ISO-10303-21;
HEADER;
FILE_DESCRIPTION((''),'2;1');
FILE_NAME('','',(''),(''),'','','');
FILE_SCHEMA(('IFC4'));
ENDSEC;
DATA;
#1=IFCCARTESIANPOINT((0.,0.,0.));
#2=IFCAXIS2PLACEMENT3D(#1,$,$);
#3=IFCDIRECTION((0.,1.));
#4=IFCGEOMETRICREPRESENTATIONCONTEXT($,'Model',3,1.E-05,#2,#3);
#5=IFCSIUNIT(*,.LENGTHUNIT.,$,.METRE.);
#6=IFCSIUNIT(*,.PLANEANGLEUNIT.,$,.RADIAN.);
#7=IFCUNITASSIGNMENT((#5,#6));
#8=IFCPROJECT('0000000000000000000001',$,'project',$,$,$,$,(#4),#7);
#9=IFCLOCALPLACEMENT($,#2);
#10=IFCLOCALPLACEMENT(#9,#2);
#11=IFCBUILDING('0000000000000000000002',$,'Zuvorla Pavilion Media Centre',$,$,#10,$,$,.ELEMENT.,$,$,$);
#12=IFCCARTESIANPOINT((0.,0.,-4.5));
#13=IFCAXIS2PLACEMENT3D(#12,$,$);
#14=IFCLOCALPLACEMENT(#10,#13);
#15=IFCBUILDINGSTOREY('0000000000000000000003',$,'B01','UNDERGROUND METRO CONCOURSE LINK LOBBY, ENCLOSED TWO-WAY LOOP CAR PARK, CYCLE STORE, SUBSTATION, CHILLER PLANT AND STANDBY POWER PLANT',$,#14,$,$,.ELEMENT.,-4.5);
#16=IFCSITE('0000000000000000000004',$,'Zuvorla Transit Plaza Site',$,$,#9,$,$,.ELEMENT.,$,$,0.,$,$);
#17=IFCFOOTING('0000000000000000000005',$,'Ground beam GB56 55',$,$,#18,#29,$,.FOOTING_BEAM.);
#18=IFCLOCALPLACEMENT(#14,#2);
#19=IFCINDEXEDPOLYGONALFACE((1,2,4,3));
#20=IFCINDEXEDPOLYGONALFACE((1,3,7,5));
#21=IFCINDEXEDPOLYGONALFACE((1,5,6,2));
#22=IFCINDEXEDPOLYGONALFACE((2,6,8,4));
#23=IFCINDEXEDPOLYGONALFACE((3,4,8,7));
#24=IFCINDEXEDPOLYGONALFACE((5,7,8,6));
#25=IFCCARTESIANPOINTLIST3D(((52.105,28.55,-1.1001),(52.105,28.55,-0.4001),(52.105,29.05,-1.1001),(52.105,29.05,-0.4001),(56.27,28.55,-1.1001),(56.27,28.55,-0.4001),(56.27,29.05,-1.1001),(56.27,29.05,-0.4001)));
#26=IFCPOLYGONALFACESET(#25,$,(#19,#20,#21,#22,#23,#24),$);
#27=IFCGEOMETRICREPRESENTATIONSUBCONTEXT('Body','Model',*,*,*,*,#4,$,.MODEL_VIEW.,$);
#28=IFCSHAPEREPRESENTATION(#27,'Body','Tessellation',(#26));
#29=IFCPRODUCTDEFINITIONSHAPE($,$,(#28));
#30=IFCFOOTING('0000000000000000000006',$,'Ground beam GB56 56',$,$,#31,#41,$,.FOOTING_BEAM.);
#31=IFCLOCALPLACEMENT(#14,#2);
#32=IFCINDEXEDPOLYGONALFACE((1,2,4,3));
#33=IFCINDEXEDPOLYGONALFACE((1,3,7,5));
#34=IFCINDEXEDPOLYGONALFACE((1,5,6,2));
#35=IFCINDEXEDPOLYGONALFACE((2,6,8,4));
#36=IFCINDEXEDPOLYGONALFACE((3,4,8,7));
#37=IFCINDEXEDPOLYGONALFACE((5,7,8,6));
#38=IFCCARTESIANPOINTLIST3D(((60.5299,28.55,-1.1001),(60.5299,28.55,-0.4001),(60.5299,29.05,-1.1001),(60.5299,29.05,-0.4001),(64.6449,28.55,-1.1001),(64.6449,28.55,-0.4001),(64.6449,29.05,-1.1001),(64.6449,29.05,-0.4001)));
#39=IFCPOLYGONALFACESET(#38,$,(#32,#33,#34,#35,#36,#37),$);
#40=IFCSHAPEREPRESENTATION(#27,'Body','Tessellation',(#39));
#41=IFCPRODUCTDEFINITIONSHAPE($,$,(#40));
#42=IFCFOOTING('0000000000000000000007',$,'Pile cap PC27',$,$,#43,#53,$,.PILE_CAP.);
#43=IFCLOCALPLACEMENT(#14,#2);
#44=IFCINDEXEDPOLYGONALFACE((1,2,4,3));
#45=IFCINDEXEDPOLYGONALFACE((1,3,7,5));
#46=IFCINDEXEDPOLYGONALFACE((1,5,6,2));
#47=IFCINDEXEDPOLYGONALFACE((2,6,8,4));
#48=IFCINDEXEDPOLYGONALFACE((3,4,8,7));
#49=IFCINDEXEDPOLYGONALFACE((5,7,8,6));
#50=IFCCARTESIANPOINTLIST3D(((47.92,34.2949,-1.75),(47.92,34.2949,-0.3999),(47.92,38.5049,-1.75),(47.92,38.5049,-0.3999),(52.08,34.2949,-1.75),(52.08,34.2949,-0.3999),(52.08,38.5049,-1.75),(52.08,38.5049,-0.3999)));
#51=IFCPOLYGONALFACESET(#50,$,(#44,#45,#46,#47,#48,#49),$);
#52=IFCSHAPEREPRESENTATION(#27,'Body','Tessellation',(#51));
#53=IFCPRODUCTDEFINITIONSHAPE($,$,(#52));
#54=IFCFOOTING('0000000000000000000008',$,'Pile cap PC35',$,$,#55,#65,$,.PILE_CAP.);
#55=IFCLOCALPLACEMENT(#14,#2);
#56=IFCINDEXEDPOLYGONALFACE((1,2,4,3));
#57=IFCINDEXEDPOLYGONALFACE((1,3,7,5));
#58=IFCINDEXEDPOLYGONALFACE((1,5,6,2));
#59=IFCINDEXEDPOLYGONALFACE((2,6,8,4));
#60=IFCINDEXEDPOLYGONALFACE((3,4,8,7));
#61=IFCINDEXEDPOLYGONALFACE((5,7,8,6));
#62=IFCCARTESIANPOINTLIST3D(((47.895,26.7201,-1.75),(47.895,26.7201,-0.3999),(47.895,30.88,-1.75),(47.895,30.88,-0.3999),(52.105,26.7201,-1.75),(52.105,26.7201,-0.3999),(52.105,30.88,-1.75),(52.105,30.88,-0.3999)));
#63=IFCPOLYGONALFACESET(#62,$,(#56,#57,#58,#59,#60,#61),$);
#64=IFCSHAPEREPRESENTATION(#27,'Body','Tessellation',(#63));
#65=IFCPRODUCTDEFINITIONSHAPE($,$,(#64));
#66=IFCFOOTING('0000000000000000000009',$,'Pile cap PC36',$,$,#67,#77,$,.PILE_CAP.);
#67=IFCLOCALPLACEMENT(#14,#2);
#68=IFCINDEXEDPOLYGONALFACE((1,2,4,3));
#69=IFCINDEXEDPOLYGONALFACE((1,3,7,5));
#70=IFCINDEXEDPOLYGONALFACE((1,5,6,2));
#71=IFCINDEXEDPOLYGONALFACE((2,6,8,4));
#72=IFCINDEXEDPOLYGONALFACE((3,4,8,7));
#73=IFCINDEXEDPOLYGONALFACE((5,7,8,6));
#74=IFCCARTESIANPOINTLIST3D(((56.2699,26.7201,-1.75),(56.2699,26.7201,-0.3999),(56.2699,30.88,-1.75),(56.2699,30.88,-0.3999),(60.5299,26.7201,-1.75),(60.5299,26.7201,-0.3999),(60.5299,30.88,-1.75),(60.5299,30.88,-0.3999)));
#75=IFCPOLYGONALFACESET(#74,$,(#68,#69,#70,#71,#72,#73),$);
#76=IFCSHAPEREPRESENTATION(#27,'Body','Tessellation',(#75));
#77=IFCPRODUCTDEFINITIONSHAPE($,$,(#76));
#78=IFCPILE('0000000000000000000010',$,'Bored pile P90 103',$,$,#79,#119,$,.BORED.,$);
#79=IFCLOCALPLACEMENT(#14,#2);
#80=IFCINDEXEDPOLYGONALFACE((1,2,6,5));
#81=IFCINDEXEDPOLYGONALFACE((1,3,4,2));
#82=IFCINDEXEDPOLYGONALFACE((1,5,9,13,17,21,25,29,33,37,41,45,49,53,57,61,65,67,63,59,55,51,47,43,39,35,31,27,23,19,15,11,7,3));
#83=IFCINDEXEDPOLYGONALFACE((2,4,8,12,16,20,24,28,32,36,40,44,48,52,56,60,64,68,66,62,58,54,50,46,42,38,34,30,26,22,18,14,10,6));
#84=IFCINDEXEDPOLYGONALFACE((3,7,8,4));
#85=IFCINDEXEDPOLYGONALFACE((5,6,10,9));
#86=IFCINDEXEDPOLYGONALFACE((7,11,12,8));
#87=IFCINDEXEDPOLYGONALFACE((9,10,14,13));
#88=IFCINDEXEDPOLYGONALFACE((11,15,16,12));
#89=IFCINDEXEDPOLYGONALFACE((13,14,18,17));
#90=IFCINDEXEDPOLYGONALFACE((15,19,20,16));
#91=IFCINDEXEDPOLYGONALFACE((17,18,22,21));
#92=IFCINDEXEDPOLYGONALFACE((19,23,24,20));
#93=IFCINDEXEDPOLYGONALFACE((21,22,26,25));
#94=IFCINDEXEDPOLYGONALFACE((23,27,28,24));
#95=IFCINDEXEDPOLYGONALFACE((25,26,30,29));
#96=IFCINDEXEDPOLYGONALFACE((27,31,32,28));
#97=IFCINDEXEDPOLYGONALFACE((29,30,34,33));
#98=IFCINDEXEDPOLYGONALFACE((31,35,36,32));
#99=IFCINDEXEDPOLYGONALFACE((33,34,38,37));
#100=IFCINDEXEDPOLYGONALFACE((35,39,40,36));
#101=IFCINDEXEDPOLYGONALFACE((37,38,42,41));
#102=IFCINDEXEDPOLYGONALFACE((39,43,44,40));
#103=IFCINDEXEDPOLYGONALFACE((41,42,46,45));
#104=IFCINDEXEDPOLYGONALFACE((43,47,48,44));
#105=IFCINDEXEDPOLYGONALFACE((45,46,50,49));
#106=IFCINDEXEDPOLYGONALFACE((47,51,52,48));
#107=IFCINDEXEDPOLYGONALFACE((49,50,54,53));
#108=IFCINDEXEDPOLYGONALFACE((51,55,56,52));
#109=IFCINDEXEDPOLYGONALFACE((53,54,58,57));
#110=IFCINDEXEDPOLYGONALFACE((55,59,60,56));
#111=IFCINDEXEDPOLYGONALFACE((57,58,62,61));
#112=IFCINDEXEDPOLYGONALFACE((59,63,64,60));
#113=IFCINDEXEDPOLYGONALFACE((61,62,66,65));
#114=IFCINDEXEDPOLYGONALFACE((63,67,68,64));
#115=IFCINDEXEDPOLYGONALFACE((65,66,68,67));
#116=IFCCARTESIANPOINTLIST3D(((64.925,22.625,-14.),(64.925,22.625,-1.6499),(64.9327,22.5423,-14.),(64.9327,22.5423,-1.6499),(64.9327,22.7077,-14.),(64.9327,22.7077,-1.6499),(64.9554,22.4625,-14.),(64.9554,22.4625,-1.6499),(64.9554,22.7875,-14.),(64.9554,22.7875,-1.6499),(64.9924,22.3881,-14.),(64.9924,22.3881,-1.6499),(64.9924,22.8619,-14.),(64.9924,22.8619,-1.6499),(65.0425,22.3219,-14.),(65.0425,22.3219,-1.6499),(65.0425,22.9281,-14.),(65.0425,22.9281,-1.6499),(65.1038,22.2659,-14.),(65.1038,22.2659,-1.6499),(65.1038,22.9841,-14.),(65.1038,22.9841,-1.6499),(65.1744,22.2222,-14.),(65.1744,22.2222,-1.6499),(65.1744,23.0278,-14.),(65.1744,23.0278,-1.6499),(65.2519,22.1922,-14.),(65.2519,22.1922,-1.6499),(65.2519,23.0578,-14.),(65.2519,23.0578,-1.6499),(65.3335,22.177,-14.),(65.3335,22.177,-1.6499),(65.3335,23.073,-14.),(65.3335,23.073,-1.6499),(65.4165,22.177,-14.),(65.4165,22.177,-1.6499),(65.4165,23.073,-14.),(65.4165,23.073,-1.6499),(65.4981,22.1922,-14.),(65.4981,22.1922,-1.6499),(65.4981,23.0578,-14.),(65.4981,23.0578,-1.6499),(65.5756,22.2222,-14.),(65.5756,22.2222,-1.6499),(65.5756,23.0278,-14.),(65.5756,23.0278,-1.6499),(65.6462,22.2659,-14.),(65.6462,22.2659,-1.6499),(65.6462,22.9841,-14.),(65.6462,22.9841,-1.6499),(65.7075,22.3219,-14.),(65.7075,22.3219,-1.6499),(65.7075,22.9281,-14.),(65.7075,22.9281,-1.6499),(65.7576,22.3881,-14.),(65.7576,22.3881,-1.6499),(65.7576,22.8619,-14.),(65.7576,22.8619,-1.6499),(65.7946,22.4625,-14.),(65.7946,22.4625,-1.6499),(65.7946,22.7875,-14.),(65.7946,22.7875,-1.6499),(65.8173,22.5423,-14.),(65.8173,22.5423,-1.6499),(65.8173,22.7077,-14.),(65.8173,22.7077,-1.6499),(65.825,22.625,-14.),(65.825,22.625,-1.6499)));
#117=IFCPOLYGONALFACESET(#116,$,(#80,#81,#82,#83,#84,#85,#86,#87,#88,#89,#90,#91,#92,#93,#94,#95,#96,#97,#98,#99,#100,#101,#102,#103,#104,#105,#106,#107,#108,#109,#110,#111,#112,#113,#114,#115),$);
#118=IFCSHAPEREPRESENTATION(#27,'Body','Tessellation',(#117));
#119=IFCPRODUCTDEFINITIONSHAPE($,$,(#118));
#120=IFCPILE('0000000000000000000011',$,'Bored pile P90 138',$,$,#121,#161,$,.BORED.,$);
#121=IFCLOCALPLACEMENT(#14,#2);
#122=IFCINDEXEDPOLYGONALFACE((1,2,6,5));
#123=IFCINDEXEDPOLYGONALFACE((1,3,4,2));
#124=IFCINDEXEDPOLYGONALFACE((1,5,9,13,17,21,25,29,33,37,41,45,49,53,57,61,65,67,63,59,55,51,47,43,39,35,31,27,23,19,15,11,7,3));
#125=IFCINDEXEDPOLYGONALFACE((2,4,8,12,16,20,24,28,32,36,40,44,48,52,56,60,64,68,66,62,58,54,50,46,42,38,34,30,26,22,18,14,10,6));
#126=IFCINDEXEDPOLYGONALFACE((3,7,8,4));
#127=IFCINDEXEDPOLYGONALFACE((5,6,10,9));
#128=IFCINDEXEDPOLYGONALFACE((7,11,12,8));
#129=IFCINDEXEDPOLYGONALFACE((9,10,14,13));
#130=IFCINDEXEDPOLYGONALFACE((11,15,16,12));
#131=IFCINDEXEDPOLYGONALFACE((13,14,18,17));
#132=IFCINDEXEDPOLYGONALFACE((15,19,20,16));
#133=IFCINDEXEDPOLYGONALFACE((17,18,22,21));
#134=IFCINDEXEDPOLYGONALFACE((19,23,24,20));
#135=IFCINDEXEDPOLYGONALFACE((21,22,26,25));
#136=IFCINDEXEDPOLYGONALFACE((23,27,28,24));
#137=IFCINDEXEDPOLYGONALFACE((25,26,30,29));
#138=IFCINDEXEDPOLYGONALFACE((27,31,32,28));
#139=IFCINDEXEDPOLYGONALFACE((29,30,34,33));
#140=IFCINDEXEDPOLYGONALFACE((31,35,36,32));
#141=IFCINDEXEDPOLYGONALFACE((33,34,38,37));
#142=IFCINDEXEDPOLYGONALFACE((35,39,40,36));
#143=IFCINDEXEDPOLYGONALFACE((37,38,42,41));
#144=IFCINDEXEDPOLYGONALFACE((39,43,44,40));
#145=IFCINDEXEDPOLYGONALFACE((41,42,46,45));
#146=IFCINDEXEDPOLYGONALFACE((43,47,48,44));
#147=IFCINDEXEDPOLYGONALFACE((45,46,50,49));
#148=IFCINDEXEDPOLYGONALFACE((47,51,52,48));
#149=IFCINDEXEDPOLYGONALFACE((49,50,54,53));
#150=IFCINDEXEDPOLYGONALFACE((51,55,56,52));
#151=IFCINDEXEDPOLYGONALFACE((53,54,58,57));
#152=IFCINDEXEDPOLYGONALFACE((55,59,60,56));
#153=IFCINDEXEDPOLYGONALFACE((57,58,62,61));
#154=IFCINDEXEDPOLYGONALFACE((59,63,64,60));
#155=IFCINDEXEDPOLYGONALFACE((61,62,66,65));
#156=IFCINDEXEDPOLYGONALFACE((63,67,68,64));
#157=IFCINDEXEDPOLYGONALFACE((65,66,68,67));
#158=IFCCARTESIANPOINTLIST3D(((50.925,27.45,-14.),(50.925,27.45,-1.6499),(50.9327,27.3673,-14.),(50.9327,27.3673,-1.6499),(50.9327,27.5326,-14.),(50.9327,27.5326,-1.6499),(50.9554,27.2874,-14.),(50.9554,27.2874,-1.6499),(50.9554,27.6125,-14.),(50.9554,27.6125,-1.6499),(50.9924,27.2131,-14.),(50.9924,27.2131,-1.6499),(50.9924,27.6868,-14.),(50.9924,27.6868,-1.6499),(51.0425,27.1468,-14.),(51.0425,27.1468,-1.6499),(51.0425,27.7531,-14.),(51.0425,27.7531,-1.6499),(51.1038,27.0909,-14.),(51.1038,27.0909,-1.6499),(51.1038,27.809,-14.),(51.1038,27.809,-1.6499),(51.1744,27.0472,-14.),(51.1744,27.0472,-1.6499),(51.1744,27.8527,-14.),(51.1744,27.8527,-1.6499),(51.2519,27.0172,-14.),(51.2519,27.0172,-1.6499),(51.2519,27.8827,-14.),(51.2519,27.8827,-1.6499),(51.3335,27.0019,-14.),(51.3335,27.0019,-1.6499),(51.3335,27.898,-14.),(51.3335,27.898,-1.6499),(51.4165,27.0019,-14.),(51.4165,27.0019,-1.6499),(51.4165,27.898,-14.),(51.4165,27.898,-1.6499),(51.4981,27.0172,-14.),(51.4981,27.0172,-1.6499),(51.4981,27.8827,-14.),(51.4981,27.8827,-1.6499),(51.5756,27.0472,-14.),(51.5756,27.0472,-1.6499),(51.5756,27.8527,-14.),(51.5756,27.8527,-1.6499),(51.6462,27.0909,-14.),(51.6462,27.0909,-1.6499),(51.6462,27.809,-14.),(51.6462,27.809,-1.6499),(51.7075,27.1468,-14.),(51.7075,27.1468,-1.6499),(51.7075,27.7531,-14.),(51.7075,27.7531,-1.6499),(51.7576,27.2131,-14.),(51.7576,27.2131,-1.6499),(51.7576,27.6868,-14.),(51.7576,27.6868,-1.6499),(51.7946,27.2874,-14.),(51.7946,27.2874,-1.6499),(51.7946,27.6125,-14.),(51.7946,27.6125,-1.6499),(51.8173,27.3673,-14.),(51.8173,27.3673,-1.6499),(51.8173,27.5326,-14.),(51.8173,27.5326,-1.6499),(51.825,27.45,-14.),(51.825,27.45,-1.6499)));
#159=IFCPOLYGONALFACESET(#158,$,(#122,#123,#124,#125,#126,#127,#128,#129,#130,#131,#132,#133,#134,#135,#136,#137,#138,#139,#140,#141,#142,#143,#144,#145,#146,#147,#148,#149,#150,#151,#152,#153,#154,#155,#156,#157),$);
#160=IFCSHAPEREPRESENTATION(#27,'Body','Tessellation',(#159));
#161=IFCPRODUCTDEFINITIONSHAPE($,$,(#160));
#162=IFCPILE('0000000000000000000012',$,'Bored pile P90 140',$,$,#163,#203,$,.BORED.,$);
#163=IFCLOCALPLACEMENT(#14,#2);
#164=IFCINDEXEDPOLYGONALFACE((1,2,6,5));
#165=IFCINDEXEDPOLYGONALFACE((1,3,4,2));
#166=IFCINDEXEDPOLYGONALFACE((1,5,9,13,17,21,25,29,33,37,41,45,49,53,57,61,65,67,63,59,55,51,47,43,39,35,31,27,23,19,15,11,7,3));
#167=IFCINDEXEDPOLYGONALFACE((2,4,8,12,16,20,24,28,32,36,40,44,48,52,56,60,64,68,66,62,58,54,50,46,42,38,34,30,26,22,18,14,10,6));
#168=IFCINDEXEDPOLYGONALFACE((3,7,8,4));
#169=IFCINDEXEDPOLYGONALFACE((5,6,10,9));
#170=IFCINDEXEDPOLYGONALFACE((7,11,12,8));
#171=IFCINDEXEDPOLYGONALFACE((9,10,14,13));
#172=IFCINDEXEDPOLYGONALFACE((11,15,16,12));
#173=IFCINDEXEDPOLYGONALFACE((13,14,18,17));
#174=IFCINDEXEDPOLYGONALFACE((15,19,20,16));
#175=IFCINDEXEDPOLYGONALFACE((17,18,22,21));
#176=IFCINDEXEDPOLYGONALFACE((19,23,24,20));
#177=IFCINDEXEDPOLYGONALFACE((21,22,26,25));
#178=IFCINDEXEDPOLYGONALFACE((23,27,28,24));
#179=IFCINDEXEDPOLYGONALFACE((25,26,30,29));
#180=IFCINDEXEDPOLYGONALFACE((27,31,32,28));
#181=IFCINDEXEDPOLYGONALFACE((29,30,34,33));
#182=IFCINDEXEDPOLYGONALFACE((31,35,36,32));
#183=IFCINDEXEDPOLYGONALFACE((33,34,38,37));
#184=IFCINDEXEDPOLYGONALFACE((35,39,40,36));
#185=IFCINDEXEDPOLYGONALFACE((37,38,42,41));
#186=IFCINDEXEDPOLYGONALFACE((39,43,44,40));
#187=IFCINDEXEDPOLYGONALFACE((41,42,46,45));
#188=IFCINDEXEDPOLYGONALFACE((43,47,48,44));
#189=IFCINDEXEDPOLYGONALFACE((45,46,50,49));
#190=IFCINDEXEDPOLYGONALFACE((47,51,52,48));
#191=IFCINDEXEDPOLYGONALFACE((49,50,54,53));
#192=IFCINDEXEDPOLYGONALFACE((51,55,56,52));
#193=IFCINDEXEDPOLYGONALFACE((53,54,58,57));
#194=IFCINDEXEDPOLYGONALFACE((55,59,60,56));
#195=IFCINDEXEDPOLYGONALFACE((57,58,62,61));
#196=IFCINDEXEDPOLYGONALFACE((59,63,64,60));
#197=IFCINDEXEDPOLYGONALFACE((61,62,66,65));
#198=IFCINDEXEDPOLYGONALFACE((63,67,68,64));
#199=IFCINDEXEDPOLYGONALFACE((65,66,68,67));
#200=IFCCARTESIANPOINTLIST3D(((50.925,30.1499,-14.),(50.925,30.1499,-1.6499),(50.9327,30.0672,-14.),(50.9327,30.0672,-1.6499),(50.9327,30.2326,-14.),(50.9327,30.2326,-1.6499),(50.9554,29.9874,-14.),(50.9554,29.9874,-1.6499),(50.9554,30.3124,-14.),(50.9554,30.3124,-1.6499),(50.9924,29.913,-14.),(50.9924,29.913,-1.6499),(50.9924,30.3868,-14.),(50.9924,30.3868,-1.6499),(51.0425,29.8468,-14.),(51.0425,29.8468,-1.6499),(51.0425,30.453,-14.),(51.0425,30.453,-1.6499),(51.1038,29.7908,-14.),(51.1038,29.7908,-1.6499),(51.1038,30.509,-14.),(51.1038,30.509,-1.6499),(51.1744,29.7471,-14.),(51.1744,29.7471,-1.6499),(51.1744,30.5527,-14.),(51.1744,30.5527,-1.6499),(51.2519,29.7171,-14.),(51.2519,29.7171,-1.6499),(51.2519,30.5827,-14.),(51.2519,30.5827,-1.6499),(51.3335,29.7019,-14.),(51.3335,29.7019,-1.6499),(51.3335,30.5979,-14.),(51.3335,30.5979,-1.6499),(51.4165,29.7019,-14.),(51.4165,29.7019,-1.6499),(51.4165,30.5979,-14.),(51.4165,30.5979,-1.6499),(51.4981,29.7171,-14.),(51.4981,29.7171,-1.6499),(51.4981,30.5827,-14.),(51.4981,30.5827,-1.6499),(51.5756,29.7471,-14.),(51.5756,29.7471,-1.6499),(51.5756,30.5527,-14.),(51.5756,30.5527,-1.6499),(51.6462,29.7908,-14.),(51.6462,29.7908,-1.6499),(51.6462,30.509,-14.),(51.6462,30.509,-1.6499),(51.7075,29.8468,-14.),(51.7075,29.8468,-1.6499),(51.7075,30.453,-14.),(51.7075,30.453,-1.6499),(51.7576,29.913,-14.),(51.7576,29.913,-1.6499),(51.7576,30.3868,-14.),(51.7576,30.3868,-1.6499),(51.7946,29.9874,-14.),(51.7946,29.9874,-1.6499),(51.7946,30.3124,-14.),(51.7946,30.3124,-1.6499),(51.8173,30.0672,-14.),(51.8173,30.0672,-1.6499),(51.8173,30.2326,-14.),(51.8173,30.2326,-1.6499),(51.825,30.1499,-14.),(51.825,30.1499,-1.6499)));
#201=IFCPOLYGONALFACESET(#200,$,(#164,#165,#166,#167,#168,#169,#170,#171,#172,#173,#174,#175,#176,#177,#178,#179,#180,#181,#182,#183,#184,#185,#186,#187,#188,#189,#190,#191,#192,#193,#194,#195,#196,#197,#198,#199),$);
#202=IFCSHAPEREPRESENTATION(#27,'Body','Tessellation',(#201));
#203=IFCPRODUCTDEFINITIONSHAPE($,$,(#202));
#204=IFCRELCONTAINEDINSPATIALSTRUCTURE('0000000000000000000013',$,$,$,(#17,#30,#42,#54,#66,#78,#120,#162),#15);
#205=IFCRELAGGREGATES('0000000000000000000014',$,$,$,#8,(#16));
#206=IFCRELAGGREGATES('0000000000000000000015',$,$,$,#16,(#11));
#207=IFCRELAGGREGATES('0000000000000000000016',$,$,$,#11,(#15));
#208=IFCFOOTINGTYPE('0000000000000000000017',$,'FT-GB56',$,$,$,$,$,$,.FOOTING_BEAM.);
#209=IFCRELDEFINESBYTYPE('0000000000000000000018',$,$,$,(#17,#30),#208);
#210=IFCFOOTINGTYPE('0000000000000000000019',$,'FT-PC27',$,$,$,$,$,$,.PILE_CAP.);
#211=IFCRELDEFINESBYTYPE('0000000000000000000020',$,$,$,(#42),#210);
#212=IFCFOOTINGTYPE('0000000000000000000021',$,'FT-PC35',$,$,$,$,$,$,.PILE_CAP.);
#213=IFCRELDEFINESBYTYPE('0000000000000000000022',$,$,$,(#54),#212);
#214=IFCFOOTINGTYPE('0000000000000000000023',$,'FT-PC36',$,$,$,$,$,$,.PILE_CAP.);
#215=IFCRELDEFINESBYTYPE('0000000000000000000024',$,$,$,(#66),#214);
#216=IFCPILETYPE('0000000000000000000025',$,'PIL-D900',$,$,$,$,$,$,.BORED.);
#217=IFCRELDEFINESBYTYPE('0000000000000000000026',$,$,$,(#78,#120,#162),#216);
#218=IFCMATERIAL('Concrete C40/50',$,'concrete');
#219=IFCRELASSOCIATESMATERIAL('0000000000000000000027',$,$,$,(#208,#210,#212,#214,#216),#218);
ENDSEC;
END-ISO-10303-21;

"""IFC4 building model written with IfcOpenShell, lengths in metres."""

from ifc_helpers import new_model, si_unit, direction, frame, origin, origin_2d, place, context, subcontext, project, spatial, rectangle, circle, extrude, material, material_profile, profile_set, type_object, element, save


model = new_model("IFC4")

# Units and contexts
model_context = context("Model", 3, precision=1e-05, world=origin(), true_north=direction((0.0, 1.0)))
body_context = subcontext(model_context, "Body", "Model", "MODEL_VIEW")
ifc_project = project(units=[si_unit("LENGTHUNIT", "METRE"), si_unit("PLANEANGLEUNIT", "RADIAN")], contexts=[model_context])

# Site, building, storey
site_placement = place(None, origin())
site = spatial("IfcSite", under=ifc_project, at=site_placement, Name="Zuvorla Transit Plaza Site", CompositionType="ELEMENT", RefElevation=0.0)
building_placement = place(site_placement, origin())
building = spatial("IfcBuilding", under=site, at=building_placement, Name="Zuvorla Pavilion Media Centre", CompositionType="ELEMENT")
storey_placement = place(building_placement, frame((0.0, 0.0, -4.5)))
storey = spatial("IfcBuildingStorey", under=building, at=storey_placement, Name="B01", Description="UNDERGROUND METRO CONCOURSE LINK LOBBY, ENCLOSED TWO-WAY LOOP CAR PARK, CYCLE STORE, SUBSTATION, CHILLER PLANT AND STANDBY POWER PLANT", CompositionType="ELEMENT", Elevation=-4.5)

# Footings
ifc_material_1 = material(Name="Concrete C40/50", Category="concrete")
footing_type_1 = type_object("IfcFootingType", Name="FT-GB56", PredefinedType="FOOTING_BEAM", material=ifc_material_1)
footing_1_placement = place(storey_placement, frame((54.1875, 28.8, -1.1001), z_axis=(0.0, 0.0, 1.0), x_axis=(1.0, 0.0, 0.0)))
element("IfcFooting", 1, at=footing_1_placement, inside=storey, type_object=footing_type_1, Name="Ground beam GB56 55", PredefinedType="FOOTING_BEAM", context=body_context, shape_type="SweptSolid", body=[
    extrude(rectangle(XDim=4.165, YDim=0.5, at=origin_2d()), origin(), (0.0, 0.0, 1.0), 0.7),
])
footing_2_placement = place(storey_placement, frame((62.5874, 28.8, -1.1001), z_axis=(0.0, 0.0, 1.0), x_axis=(1.0, 0.0, 0.0)))
element("IfcFooting", 2, at=footing_2_placement, inside=storey, type_object=footing_type_1, Name="Ground beam GB56 56", PredefinedType="FOOTING_BEAM", context=body_context, shape_type="SweptSolid", body=[
    extrude(rectangle(XDim=4.115, YDim=0.5, at=origin_2d()), origin(), (0.0, 0.0, 1.0), 0.7),
])
footing_type_2 = type_object("IfcFootingType", Name="FT-PC27", PredefinedType="PILE_CAP", material=ifc_material_1)
footing_3_placement = place(storey_placement, frame((50.0, 36.3999, -1.75), z_axis=(0.0, 0.0, 1.0), x_axis=(1.0, 0.0, 0.0)))
element("IfcFooting", 3, at=footing_3_placement, inside=storey, type_object=footing_type_2, Name="Pile cap PC27", PredefinedType="PILE_CAP", context=body_context, shape_type="SweptSolid", body=[
    extrude(rectangle(XDim=4.1599, YDim=4.21, at=origin_2d()), origin(), (0.0, 0.0, 1.0), 1.3501),
])
footing_type_3 = type_object("IfcFootingType", Name="FT-PC35", PredefinedType="PILE_CAP", material=ifc_material_1)
footing_4_placement = place(storey_placement, frame((50.0, 28.8, -1.75), z_axis=(0.0, 0.0, 1.0), x_axis=(1.0, 0.0, 0.0)))
element("IfcFooting", 4, at=footing_4_placement, inside=storey, type_object=footing_type_3, Name="Pile cap PC35", PredefinedType="PILE_CAP", context=body_context, shape_type="SweptSolid", body=[
    extrude(rectangle(XDim=4.21, YDim=4.1599, at=origin_2d()), origin(), (0.0, 0.0, 1.0), 1.3501),
])
footing_type_4 = type_object("IfcFootingType", Name="FT-PC36", PredefinedType="PILE_CAP", material=ifc_material_1)
footing_5_placement = place(storey_placement, frame((58.3999, 28.8, -1.75), z_axis=(0.0, 0.0, 1.0), x_axis=(1.0, 0.0, 0.0)))
element("IfcFooting", 5, at=footing_5_placement, inside=storey, type_object=footing_type_4, Name="Pile cap PC36", PredefinedType="PILE_CAP", context=body_context, shape_type="SweptSolid", body=[
    extrude(rectangle(XDim=4.26, YDim=4.1599, at=origin_2d()), origin(), (0.0, 0.0, 1.0), 1.3501),
])

# Piles
ifc_material_profile_1 = material_profile(ifc_material_1, circle(Radius=0.45, at=origin_2d()), Name="BORED PILE 900")
ifc_profile_set_1 = profile_set([ifc_material_profile_1], Name="Concrete C40/50")
pile_type = type_object("IfcPileType", Name="PIL-D900", PredefinedType="BORED", material=ifc_profile_set_1)
for number, where, z_axis, x_axis, name in (
    (6, (65.375, 22.625, -1.6499), (0.0, 0.0, -1.0), (1.0, 0.0, 0.0), "Bored pile P90 103"),
    (7, (51.375, 27.45, -1.6499), (0.0, 0.0, -1.0), (1.0, 0.0, 0.0), "Bored pile P90 138"),
    (8, (51.375, 30.1499, -1.6499), (0.0, 0.0, -1.0), (1.0, 0.0, 0.0), "Bored pile P90 140"),
):
    element("IfcPile", number, at=place(storey_placement, frame(where, z_axis=z_axis, x_axis=x_axis)), inside=storey, type_object=pile_type, Name=name, PredefinedType="BORED", context=body_context, shape_type="SweptSolid", body=[
        extrude(circle(Radius=0.45, at=origin_2d()), origin(), (0.0, 0.0, 1.0), 12.3501),
    ])

save(model, "model.ifc")
